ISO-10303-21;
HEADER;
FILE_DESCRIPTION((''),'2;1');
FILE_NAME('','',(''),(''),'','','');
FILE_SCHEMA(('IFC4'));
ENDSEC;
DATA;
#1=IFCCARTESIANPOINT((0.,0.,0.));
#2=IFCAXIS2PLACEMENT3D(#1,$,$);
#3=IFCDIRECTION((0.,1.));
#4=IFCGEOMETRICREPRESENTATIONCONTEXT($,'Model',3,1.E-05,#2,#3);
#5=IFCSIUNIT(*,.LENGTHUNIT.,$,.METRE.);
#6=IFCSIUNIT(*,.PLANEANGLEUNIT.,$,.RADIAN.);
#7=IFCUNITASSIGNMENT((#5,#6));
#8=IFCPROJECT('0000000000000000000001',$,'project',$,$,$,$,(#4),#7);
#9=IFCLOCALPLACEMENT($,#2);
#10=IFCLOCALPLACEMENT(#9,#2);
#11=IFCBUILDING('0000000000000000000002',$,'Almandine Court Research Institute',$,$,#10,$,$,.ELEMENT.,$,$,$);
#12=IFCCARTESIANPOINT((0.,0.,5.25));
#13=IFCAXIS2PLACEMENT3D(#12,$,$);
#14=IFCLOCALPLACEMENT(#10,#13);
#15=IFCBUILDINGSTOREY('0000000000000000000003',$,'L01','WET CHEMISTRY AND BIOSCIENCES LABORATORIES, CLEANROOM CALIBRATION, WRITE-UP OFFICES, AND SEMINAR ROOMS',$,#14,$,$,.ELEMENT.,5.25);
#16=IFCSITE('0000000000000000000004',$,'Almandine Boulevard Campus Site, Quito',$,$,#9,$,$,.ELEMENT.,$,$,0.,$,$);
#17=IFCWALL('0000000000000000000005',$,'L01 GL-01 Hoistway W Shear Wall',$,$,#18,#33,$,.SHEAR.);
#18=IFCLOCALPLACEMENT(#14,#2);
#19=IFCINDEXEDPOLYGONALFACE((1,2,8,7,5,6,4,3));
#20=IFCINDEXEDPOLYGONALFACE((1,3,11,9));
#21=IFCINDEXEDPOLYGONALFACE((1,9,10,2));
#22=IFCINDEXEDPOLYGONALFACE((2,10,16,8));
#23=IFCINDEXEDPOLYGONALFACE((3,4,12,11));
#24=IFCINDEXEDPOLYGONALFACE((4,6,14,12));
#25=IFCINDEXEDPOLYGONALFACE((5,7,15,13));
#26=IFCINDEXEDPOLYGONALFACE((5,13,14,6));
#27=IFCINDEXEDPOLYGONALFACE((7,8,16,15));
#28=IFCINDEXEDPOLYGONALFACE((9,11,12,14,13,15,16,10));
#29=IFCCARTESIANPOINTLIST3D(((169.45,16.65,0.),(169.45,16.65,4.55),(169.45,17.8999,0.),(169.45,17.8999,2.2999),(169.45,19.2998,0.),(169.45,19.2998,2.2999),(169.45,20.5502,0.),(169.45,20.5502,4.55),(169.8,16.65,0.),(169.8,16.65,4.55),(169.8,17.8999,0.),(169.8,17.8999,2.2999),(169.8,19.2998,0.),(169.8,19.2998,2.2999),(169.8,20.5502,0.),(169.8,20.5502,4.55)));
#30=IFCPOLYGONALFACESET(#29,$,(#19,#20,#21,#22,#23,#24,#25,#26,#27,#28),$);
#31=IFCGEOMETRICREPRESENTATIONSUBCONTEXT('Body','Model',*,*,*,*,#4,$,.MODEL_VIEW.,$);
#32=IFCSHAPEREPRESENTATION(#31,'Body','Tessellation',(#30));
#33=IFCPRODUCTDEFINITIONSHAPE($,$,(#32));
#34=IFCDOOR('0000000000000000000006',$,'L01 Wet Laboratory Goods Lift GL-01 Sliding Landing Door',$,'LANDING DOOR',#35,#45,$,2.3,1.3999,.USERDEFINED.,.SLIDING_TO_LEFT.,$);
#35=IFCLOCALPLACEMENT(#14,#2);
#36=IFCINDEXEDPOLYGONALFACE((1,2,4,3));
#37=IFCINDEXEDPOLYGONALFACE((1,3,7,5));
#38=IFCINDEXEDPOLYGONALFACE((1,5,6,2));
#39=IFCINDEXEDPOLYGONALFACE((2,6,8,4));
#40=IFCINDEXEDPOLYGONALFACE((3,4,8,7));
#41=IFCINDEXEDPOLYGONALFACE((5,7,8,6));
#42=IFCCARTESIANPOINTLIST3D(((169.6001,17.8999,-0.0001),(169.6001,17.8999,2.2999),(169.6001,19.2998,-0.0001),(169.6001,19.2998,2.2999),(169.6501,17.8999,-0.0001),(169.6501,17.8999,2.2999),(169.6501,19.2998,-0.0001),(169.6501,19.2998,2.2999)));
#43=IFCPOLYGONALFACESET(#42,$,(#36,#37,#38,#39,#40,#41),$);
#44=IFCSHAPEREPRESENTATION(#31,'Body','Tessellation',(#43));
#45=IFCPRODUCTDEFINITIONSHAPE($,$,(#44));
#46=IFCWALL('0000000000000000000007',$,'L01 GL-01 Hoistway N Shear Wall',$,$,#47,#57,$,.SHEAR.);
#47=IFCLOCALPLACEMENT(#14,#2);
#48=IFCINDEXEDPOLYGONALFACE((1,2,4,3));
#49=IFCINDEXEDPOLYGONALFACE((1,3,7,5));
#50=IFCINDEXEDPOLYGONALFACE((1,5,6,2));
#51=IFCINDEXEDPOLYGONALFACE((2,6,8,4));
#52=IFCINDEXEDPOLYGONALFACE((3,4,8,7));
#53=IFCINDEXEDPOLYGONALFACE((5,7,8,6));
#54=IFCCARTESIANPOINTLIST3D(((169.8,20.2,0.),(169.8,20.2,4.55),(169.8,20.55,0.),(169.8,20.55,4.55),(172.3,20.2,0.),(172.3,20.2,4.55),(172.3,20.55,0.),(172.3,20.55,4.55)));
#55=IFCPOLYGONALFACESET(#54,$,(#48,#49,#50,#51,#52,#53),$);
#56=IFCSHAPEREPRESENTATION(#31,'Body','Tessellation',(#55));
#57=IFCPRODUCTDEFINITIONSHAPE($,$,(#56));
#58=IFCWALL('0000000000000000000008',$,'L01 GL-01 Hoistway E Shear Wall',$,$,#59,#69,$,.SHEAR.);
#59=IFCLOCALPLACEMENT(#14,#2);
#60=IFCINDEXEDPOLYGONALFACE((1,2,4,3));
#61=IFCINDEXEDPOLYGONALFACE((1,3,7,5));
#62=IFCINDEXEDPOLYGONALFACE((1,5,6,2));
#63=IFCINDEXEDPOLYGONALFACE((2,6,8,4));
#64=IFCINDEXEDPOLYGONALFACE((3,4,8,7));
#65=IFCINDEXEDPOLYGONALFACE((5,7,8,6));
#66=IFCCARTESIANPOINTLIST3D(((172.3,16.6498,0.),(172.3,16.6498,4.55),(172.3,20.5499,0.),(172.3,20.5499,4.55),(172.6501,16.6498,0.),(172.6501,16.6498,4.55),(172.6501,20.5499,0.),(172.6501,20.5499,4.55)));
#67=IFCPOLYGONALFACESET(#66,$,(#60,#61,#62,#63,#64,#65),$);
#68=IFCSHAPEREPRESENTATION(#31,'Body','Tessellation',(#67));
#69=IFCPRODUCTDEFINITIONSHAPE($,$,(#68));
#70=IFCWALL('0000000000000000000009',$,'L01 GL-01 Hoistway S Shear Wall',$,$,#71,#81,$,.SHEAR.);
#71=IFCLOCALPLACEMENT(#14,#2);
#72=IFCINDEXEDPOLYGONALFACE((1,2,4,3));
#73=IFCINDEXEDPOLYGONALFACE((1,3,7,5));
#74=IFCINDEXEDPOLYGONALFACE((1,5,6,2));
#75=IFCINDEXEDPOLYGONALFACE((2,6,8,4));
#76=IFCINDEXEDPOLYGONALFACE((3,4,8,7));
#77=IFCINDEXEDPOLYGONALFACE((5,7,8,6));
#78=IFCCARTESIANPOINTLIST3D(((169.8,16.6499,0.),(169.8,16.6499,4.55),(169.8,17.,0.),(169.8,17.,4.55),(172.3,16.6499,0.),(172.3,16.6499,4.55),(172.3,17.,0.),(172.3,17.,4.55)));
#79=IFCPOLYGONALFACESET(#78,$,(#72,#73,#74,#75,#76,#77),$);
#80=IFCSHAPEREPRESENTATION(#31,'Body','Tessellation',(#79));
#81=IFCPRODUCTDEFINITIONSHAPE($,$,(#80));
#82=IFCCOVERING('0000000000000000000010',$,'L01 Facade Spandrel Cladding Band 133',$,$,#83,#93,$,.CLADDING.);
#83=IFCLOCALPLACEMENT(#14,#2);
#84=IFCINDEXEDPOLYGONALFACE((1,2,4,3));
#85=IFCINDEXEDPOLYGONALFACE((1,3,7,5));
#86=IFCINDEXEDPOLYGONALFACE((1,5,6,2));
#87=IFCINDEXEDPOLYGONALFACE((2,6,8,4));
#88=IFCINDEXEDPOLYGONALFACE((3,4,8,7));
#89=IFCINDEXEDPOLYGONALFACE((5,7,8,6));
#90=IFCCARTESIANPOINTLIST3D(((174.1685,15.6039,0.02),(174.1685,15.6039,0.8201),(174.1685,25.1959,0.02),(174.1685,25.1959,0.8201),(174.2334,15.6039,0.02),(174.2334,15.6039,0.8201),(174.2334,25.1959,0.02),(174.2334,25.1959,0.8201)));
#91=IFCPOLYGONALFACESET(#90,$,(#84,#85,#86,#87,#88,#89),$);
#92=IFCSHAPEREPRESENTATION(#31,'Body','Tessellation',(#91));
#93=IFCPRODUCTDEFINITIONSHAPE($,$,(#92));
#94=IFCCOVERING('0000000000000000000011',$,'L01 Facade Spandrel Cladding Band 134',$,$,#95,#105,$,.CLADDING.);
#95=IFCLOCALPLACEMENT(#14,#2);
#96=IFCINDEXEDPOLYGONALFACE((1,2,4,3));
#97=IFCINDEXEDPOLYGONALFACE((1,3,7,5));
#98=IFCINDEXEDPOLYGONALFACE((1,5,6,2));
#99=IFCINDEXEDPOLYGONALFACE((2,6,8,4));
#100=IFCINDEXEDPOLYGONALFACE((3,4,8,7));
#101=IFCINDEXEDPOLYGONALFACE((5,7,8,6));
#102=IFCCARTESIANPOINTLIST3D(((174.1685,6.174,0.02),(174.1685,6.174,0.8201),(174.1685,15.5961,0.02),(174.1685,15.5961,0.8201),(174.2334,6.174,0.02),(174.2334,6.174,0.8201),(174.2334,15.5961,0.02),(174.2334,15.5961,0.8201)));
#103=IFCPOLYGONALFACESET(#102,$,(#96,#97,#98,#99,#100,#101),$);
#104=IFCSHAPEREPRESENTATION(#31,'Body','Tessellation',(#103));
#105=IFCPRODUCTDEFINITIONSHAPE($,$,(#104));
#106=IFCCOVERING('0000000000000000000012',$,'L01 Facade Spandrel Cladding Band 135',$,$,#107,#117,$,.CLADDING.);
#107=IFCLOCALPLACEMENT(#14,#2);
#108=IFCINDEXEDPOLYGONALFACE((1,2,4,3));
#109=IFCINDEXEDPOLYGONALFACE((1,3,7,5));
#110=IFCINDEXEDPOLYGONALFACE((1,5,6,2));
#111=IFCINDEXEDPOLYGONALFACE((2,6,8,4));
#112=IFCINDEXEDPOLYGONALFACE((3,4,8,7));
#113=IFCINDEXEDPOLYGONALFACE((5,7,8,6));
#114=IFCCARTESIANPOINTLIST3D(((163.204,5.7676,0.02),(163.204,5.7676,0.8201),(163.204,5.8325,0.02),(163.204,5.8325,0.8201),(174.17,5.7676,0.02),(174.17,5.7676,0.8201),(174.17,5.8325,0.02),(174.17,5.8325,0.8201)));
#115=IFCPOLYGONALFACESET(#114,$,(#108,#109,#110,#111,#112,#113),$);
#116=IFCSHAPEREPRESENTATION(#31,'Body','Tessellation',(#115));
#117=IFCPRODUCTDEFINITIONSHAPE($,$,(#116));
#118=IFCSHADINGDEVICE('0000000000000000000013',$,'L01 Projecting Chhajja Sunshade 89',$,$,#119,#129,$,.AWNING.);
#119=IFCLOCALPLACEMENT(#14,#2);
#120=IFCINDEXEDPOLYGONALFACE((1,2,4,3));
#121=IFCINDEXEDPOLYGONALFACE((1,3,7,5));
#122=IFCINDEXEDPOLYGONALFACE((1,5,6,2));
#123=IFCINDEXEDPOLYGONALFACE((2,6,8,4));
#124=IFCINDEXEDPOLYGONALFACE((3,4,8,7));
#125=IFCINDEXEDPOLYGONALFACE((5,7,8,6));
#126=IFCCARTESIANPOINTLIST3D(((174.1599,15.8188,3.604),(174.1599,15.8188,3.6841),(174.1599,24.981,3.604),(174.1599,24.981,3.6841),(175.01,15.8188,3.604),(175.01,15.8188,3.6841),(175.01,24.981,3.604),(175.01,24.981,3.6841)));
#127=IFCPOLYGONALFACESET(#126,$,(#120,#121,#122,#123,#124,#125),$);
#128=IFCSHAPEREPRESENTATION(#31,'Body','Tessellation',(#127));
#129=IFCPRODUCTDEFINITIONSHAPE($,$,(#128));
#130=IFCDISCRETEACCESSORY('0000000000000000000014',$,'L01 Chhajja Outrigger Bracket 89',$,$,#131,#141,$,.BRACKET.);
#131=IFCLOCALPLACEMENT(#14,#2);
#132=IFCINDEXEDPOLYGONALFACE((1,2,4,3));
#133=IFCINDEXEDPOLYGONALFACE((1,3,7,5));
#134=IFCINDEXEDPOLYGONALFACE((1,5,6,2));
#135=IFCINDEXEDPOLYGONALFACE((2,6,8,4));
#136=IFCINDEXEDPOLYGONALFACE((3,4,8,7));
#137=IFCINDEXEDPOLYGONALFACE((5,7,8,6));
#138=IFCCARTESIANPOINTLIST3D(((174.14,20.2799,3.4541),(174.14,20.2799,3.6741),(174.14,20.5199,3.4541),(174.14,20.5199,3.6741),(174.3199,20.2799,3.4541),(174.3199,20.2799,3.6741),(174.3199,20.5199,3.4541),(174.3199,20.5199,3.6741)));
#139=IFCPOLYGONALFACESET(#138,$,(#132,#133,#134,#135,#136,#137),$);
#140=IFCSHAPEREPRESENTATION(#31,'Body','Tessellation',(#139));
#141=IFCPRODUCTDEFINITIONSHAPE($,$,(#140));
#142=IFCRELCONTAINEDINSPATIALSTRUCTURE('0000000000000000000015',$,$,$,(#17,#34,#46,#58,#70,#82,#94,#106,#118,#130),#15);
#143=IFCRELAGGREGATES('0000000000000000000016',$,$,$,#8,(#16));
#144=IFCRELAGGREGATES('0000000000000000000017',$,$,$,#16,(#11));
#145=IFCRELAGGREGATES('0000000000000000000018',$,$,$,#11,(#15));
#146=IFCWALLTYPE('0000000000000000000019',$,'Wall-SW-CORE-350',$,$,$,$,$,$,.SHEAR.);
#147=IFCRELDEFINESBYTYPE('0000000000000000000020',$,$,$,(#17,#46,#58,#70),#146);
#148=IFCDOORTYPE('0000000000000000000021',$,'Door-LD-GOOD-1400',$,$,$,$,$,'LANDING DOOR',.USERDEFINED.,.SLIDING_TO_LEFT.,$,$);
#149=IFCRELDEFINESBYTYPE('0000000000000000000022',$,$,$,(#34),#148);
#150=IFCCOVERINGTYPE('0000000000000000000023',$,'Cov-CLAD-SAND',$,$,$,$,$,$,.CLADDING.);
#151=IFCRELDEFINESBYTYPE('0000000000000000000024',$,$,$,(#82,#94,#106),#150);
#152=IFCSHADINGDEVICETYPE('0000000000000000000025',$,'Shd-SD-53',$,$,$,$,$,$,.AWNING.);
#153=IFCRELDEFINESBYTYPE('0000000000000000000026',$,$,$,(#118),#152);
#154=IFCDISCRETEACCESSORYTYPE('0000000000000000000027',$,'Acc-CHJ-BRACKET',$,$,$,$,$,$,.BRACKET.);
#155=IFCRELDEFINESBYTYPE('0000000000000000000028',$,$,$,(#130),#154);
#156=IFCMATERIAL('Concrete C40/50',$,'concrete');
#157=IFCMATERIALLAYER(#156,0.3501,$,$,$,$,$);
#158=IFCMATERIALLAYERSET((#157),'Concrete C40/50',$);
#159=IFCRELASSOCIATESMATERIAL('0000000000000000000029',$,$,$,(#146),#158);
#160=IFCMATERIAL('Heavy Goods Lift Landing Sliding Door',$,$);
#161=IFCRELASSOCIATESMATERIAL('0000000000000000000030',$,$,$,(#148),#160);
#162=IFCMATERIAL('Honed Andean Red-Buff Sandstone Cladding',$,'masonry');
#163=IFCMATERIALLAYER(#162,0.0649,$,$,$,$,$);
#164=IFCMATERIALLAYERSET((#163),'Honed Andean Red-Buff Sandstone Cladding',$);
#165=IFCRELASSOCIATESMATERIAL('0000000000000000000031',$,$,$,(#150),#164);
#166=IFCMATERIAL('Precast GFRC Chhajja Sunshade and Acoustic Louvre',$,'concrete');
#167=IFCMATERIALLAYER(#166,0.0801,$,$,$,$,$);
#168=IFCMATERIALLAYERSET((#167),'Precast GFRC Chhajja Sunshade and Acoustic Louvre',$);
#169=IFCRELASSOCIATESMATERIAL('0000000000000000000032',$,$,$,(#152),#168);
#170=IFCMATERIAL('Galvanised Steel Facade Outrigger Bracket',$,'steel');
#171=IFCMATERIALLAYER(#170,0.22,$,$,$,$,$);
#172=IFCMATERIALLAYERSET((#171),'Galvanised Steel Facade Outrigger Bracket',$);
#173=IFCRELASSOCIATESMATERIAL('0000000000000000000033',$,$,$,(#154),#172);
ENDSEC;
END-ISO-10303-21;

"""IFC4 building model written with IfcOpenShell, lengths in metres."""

from ifc_helpers import new_model, si_unit, direction, frame, frame_2d, origin, origin_2d, place, context, subcontext, project, spatial, rectangle, extrude, material, layer, layer_set, type_object, element, fill, save


model = new_model("IFC4")

# Units and contexts
model_context = context("Model", 3, precision=1e-05, world=origin(), true_north=direction((0.0, 1.0)))
body_context = subcontext(model_context, "Body", "Model", "MODEL_VIEW")
ifc_project = project(units=[si_unit("LENGTHUNIT", "METRE"), si_unit("PLANEANGLEUNIT", "RADIAN")], contexts=[model_context])

# Site, building, storey
site_placement = place(None, origin())
site = spatial("IfcSite", under=ifc_project, at=site_placement, Name="Almandine Boulevard Campus Site, Quito", CompositionType="ELEMENT", RefElevation=0.0)
building_placement = place(site_placement, origin())
building = spatial("IfcBuilding", under=site, at=building_placement, Name="Almandine Court Research Institute", CompositionType="ELEMENT")
storey_placement = place(building_placement, frame((0.0, 0.0, 5.25)))
storey = spatial("IfcBuildingStorey", under=building, at=storey_placement, Name="L01", Description="WET CHEMISTRY AND BIOSCIENCES LABORATORIES, CLEANROOM CALIBRATION, WRITE-UP OFFICES, AND SEMINAR ROOMS", CompositionType="ELEMENT", Elevation=5.25)

# Wall, opening, door
ifc_material_1 = material(Name="Concrete C40/50", Category="concrete")
ifc_layer_1 = layer(ifc_material_1, 0.3501)
ifc_layer_set_1 = layer_set([ifc_layer_1], Name="Concrete C40/50")
wall_type_1 = type_object("IfcWallType", Name="Wall-SW-CORE-350", PredefinedType="SHEAR", material=ifc_layer_set_1)
wall_1_placement = place(storey_placement, frame((169.625, 16.6499, 0.0), z_axis=(0.0, 0.0, 1.0), x_axis=(0.0, 1.0, 0.0)))
wall_1 = element("IfcWall", 1, at=wall_1_placement, inside=storey, type_object=wall_type_1, Name="L01 GL-01 Hoistway W Shear Wall", PredefinedType="SHEAR", context=body_context, shape_type="SweptSolid", body=[
    extrude(rectangle(XDim=3.9001, YDim=0.3501, at=frame_2d((1.9502, 0.0))), origin(), (0.0, 0.0, 1.0), 4.55),
])
opening_1_placement = place(wall_1_placement, frame((1.25, 0.0, 0.0)))
opening_1 = element("IfcOpeningElement", 2, at=opening_1_placement, cuts=wall_1, PredefinedType="OPENING", context=body_context, shape_type="SweptSolid", body=[
    extrude(rectangle(XDim=1.3999, YDim=2.3, at=frame_2d((0.7, 1.1499))), frame((0.0, 0.1851, 0.0), z_axis=(0.0, -1.0, 0.0), x_axis=(1.0, 0.0, 0.0)), (0.0, 0.0, 1.0), 0.3701),
])
ifc_material_2 = material(Name="Heavy Goods Lift Landing Sliding Door")
door_type_1 = type_object("IfcDoorType", Name="Door-LD-GOOD-1400", ElementType="LANDING DOOR", OperationType="SLIDING_TO_LEFT", PredefinedType="USERDEFINED", material=ifc_material_2)
door_1_placement = place(opening_1_placement, origin())
door_1 = element("IfcDoor", 3, at=door_1_placement, inside=storey, type_object=door_type_1, Name="L01 Wet Laboratory Goods Lift GL-01 Sliding Landing Door", ObjectType="LANDING DOOR", OperationType="SLIDING_TO_LEFT", OverallHeight=2.3, OverallWidth=1.3999, PredefinedType="USERDEFINED", context=body_context, shape_type="SweptSolid", body=[
    extrude(rectangle(XDim=1.3999, YDim=2.3, at=frame_2d((0.7, 1.1499))), frame((0.0, 0.0249, 0.0), z_axis=(0.0, -1.0, 0.0), x_axis=(1.0, 0.0, 0.0)), (0.0, 0.0, 1.0), 0.05),
])
fill(opening_1, door_1)

# Walls
wall_2_placement = place(storey_placement, frame((169.8, 20.375, 0.0), z_axis=(0.0, 0.0, 1.0), x_axis=(1.0, 0.0, 0.0)))
element("IfcWall", 4, at=wall_2_placement, inside=storey, type_object=wall_type_1, Name="L01 GL-01 Hoistway N Shear Wall", PredefinedType="SHEAR", context=body_context, shape_type="SweptSolid", body=[
    extrude(rectangle(XDim=2.5, YDim=0.3501, at=frame_2d((1.25, 0.0))), origin(), (0.0, 0.0, 1.0), 4.55),
])
wall_3_placement = place(storey_placement, frame((172.4751, 20.55, 0.0), z_axis=(0.0, 0.0, 1.0), x_axis=(0.0, -1.0, 0.0)))
element("IfcWall", 5, at=wall_3_placement, inside=storey, type_object=wall_type_1, Name="L01 GL-01 Hoistway E Shear Wall", PredefinedType="SHEAR", context=body_context, shape_type="SweptSolid", body=[
    extrude(rectangle(XDim=3.9001, YDim=0.3501, at=frame_2d((1.9502, 0.0))), origin(), (0.0, 0.0, 1.0), 4.55),
])
wall_4_placement = place(storey_placement, frame((172.3, 16.825, 0.0), z_axis=(0.0, 0.0, 1.0), x_axis=(-1.0, 0.0, 0.0)))
element("IfcWall", 6, at=wall_4_placement, inside=storey, type_object=wall_type_1, Name="L01 GL-01 Hoistway S Shear Wall", PredefinedType="SHEAR", context=body_context, shape_type="SweptSolid", body=[
    extrude(rectangle(XDim=2.5, YDim=0.3501, at=frame_2d((1.25, 0.0))), origin(), (0.0, 0.0, 1.0), 4.55),
])

# Coverings
ifc_material_3 = material(Name="Honed Andean Red-Buff Sandstone Cladding", Category="masonry")
ifc_layer_2 = layer(ifc_material_3, 0.0649)
ifc_layer_set_2 = layer_set([ifc_layer_2], Name="Honed Andean Red-Buff Sandstone Cladding")
covering_type = type_object("IfcCoveringType", Name="Cov-CLAD-SAND", PredefinedType="CLADDING", material=ifc_layer_set_2)
covering_1_placement = place(storey_placement, frame((174.2009, 20.3999, 0.02), z_axis=(0.0, 0.0, 1.0), x_axis=(0.0, -1.0, 0.0)))
element("IfcCovering", 7, at=covering_1_placement, inside=storey, type_object=covering_type, Name="L01 Facade Spandrel Cladding Band 133", PredefinedType="CLADDING", context=body_context, shape_type="SweptSolid", body=[
    extrude(rectangle(XDim=9.592, YDim=0.0649, at=origin_2d()), origin(), (0.0, 0.0, 1.0), 0.8),
])
covering_2_placement = place(storey_placement, frame((174.2009, 10.885, 0.02), z_axis=(0.0, 0.0, 1.0), x_axis=(0.0, -1.0, 0.0)))
element("IfcCovering", 8, at=covering_2_placement, inside=storey, type_object=covering_type, Name="L01 Facade Spandrel Cladding Band 134", PredefinedType="CLADDING", context=body_context, shape_type="SweptSolid", body=[
    extrude(rectangle(XDim=9.4221, YDim=0.0649, at=origin_2d()), origin(), (0.0, 0.0, 1.0), 0.8),
])
covering_3_placement = place(storey_placement, frame((168.687, 5.8, 0.02), z_axis=(0.0, 0.0, 1.0), x_axis=(-1.0, 0.0, 0.0)))
element("IfcCovering", 9, at=covering_3_placement, inside=storey, type_object=covering_type, Name="L01 Facade Spandrel Cladding Band 135", PredefinedType="CLADDING", context=body_context, shape_type="SweptSolid", body=[
    extrude(rectangle(XDim=10.9661, YDim=0.0649, at=origin_2d()), origin(), (0.0, 0.0, 1.0), 0.8),
])

# Shading device
ifc_material_4 = material(Name="Precast GFRC Chhajja Sunshade and Acoustic Louvre", Category="concrete")
ifc_layer_3 = layer(ifc_material_4, 0.0801)
ifc_layer_set_3 = layer_set([ifc_layer_3], Name="Precast GFRC Chhajja Sunshade and Acoustic Louvre")
shading_device_type = type_object("IfcShadingDeviceType", Name="Shd-SD-53", PredefinedType="AWNING", material=ifc_layer_set_3)
shading_device_placement = place(storey_placement, frame((174.585, 20.3999, 3.604), z_axis=(0.0, 0.0, 1.0), x_axis=(0.0, -1.0, 0.0)))
element("IfcShadingDevice", 10, at=shading_device_placement, inside=storey, type_object=shading_device_type, Name="L01 Projecting Chhajja Sunshade 89", PredefinedType="AWNING", context=body_context, shape_type="SweptSolid", body=[
    extrude(rectangle(XDim=9.1621, YDim=0.8501, at=origin_2d()), origin(), (0.0, 0.0, 1.0), 0.0801),
])

# Discrete accessory
ifc_material_5 = material(Name="Galvanised Steel Facade Outrigger Bracket", Category="steel")
ifc_layer_4 = layer(ifc_material_5, 0.22)
ifc_layer_set_4 = layer_set([ifc_layer_4], Name="Galvanised Steel Facade Outrigger Bracket")
discrete_accessory_type = type_object("IfcDiscreteAccessoryType", Name="Acc-CHJ-BRACKET", PredefinedType="BRACKET", material=ifc_layer_set_4)
discrete_accessory_placement = place(storey_placement, frame((174.23, 20.3999, 3.4541), z_axis=(0.0, 0.0, 1.0), x_axis=(0.0, -1.0, 0.0)))
element("IfcDiscreteAccessory", 11, at=discrete_accessory_placement, inside=storey, type_object=discrete_accessory_type, Name="L01 Chhajja Outrigger Bracket 89", PredefinedType="BRACKET", context=body_context, shape_type="SweptSolid", body=[
    extrude(rectangle(XDim=0.24, YDim=0.1799, at=origin_2d()), origin(), (0.0, 0.0, 1.0), 0.22),
])

save(model, "model.ifc")
